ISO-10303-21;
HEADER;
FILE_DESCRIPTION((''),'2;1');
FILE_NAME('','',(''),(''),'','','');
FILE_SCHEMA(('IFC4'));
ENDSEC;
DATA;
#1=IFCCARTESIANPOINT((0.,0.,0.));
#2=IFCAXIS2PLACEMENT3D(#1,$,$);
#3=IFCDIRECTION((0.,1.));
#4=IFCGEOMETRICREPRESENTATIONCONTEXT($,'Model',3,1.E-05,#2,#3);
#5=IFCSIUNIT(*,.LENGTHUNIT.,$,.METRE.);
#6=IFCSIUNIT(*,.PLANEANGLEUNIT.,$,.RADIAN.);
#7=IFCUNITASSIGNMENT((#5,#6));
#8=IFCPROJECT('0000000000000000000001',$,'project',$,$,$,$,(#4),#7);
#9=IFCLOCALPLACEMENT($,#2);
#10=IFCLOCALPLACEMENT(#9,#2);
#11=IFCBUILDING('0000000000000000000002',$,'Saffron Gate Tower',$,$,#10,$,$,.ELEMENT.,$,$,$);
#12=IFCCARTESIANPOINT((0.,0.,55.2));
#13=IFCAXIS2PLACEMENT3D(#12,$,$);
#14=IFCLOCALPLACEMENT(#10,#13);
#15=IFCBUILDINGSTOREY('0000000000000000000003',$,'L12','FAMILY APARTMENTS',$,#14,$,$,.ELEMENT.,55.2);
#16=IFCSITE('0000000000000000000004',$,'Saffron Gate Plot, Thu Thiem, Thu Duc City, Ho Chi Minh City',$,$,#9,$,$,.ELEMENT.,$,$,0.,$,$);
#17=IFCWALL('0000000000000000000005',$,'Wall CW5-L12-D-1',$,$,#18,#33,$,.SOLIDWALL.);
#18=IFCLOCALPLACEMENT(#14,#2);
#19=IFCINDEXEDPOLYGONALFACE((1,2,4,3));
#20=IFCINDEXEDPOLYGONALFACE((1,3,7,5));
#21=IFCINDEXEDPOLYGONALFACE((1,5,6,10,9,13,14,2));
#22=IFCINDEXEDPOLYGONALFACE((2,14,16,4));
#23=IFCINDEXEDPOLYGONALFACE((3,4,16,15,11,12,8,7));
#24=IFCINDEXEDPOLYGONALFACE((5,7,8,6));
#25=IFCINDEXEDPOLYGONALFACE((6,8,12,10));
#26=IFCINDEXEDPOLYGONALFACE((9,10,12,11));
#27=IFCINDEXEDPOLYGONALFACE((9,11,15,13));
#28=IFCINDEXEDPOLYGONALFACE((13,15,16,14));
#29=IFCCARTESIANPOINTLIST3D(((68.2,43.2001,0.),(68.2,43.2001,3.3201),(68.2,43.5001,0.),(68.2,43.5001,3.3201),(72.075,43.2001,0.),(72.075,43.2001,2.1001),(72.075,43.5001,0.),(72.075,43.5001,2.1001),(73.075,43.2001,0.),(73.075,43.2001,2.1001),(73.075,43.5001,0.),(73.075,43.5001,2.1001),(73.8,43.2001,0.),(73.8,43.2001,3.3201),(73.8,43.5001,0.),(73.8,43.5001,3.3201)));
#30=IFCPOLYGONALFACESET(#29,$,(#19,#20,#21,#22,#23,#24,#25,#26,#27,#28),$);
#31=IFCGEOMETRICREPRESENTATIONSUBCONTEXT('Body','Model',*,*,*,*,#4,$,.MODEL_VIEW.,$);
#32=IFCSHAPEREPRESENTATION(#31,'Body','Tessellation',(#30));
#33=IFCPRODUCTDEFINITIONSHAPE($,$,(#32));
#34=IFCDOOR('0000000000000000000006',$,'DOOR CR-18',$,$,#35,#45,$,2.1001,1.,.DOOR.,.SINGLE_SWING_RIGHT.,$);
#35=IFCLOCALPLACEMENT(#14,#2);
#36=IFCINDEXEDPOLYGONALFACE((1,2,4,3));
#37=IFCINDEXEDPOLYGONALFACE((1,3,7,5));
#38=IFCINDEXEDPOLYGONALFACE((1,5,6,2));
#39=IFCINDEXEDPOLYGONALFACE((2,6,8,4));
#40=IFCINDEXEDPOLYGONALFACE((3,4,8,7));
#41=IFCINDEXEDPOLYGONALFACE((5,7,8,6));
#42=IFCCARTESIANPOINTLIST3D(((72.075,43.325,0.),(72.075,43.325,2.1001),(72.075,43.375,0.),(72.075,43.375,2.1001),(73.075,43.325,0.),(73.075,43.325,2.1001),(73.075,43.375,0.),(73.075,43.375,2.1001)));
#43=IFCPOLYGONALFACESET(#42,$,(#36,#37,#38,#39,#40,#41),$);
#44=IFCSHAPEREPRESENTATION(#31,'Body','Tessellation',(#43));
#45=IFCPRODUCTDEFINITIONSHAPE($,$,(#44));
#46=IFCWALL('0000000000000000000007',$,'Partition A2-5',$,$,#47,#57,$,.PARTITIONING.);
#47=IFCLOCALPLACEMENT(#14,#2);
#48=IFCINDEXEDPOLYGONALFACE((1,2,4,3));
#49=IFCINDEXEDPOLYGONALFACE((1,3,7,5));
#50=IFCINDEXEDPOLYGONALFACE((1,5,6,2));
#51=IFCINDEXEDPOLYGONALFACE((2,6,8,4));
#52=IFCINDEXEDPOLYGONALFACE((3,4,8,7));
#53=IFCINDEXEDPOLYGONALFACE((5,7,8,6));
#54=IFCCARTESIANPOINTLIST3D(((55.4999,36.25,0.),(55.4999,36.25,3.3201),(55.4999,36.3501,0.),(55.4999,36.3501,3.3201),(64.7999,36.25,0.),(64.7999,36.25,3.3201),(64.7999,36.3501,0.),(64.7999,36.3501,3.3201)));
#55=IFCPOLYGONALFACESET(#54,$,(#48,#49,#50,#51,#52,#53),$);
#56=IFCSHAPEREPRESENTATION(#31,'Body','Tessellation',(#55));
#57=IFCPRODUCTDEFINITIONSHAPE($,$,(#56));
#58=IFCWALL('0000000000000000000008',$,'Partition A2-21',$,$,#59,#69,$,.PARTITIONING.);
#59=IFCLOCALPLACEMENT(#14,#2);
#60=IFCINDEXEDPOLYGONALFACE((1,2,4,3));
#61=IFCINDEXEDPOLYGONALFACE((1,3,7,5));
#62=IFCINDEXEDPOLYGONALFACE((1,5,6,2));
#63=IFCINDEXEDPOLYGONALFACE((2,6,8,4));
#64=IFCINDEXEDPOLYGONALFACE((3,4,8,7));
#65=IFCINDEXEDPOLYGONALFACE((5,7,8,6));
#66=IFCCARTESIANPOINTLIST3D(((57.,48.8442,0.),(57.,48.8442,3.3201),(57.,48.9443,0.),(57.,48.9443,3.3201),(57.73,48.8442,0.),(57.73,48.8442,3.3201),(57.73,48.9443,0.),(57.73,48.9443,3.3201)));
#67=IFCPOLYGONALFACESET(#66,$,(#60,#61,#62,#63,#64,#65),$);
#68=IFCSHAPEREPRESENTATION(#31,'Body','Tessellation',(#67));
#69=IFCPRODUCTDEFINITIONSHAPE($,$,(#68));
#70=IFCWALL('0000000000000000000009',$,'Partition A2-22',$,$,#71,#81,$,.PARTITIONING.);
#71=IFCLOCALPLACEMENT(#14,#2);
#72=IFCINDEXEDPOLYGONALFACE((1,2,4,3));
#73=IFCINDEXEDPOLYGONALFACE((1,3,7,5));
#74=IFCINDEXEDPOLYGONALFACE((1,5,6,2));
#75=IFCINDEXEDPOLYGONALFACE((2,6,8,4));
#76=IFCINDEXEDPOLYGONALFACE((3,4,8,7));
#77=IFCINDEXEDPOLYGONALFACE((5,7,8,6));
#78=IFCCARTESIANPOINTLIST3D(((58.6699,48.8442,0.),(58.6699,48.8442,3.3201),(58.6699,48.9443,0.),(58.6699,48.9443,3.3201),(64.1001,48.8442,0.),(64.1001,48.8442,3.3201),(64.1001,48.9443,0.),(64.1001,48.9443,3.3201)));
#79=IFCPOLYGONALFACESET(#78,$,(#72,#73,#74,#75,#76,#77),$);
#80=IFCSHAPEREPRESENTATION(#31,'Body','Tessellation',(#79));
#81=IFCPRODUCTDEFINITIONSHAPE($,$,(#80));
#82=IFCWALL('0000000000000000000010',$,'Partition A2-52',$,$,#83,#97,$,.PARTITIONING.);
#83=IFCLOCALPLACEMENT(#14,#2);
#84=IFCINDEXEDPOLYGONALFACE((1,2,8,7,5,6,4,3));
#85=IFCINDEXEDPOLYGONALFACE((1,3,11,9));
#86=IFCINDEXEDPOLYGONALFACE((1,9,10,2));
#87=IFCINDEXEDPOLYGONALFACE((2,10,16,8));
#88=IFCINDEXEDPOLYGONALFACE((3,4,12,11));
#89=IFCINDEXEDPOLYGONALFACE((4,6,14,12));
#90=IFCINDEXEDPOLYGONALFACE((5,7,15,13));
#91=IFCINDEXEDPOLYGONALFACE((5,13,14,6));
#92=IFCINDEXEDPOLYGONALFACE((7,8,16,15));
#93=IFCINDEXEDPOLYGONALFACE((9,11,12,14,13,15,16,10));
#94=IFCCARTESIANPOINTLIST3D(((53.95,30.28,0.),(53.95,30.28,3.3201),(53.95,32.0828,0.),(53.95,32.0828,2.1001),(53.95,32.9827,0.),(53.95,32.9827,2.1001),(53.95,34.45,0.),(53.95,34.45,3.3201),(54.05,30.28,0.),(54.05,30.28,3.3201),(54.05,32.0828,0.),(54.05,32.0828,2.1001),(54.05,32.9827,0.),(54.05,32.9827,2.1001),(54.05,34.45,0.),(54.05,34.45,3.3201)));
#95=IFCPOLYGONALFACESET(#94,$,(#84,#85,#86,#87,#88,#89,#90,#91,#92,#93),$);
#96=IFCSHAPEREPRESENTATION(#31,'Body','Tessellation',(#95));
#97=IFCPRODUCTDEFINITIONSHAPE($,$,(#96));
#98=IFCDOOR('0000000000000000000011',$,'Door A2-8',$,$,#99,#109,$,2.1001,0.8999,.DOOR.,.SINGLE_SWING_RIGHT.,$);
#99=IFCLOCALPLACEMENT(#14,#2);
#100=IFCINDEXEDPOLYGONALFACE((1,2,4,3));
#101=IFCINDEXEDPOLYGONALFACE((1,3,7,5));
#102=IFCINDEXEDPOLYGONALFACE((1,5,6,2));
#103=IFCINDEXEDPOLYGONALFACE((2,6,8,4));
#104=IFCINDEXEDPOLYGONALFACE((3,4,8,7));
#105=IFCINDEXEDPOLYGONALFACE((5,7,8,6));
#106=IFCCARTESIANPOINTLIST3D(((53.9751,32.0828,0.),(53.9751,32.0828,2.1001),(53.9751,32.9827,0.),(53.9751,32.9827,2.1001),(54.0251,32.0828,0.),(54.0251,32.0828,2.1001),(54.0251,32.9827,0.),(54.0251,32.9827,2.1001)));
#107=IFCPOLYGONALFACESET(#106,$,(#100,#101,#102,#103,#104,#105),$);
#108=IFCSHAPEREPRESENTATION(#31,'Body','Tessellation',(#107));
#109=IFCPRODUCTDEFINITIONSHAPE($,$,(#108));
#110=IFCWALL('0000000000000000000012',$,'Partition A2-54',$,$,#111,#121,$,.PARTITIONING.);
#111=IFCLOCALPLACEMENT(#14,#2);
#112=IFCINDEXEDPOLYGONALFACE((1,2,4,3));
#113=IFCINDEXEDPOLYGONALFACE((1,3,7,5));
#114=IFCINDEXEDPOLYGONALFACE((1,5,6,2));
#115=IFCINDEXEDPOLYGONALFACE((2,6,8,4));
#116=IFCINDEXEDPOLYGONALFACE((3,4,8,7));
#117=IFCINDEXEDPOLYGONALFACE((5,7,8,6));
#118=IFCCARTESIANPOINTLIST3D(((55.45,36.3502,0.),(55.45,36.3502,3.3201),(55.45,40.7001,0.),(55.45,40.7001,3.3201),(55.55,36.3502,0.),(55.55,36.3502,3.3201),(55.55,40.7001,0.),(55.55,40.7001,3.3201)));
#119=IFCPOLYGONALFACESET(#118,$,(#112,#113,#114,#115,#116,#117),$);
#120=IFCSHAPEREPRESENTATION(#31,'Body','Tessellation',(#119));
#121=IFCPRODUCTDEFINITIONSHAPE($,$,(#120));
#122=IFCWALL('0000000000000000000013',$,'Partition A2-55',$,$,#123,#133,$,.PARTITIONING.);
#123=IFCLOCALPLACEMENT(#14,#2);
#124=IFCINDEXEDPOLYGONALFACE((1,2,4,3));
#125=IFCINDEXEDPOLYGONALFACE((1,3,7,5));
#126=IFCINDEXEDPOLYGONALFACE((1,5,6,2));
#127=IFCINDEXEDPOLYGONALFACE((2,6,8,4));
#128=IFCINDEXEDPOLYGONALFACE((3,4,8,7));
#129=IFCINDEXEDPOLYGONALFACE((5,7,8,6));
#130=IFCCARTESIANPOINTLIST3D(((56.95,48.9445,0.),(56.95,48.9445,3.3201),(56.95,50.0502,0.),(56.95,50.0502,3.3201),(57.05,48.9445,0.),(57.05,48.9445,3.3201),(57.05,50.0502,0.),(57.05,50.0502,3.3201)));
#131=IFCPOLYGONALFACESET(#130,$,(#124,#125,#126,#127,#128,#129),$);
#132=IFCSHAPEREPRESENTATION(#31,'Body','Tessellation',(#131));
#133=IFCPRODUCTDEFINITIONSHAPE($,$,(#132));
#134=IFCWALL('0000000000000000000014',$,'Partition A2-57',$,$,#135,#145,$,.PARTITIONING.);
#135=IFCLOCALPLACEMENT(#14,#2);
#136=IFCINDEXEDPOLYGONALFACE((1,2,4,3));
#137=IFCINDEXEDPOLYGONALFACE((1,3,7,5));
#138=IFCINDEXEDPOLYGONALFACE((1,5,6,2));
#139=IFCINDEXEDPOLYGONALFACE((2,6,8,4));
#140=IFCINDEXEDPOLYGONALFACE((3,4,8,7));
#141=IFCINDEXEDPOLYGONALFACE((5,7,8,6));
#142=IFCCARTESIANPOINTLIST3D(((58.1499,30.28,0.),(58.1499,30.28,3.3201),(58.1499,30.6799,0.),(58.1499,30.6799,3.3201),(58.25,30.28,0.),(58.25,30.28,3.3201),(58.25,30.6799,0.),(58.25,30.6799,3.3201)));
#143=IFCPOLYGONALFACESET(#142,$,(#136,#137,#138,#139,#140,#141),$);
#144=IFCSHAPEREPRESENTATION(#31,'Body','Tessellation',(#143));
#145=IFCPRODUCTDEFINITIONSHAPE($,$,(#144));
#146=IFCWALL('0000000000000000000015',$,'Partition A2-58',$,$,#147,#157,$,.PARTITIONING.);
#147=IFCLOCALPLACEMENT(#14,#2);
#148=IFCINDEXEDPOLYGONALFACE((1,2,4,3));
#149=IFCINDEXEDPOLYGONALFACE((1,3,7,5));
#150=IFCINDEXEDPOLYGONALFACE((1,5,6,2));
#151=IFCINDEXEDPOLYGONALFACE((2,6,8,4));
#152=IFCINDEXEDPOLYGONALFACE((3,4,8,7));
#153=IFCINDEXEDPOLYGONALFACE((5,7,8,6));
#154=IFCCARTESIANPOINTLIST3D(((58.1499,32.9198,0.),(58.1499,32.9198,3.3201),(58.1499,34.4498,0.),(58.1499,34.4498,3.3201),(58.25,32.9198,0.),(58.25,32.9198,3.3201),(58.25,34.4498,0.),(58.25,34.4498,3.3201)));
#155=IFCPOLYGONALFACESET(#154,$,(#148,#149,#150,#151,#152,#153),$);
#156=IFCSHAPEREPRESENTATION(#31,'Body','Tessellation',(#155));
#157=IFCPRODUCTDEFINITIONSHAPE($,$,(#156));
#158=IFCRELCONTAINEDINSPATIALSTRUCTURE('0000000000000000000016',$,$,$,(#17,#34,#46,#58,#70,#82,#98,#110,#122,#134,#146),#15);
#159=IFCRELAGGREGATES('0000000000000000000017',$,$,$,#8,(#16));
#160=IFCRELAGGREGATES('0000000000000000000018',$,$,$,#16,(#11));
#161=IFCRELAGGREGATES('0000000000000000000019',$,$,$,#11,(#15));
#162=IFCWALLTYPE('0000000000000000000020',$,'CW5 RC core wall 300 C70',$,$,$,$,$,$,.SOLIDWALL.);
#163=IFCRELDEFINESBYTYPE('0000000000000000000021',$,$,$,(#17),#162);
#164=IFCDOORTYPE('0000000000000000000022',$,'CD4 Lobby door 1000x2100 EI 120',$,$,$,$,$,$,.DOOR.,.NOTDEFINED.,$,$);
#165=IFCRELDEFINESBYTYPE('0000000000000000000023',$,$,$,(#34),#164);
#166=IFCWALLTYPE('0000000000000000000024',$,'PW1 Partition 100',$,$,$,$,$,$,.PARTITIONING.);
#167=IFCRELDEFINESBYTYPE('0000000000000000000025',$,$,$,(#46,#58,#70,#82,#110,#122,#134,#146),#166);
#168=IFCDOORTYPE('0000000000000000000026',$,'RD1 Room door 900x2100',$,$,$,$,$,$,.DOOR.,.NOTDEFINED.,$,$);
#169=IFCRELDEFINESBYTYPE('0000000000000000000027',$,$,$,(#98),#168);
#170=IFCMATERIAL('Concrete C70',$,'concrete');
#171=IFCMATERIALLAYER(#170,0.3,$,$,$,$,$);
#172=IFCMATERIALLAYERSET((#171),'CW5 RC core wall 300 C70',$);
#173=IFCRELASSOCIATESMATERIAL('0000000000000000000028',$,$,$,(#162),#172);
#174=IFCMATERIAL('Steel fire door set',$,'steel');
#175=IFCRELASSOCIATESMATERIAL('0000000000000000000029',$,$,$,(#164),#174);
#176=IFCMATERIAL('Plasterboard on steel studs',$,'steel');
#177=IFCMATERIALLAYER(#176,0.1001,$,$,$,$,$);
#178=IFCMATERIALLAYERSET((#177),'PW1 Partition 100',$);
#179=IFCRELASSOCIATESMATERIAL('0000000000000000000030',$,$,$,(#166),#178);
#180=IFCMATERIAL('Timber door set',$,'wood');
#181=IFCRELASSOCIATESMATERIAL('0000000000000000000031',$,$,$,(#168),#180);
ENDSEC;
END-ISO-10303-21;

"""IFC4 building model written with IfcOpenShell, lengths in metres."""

from ifc_helpers import new_model, si_unit, direction, frame, frame_2d, origin, place, context, subcontext, project, spatial, rectangle, extrude, material, layer, layer_set, type_object, element, fill, save


model = new_model("IFC4")

# Units and contexts
model_context = context("Model", 3, precision=1e-05, world=origin(), true_north=direction((0.0, 1.0)))
body_context = subcontext(model_context, "Body", "Model", "MODEL_VIEW")
ifc_project = project(units=[si_unit("LENGTHUNIT", "METRE"), si_unit("PLANEANGLEUNIT", "RADIAN")], contexts=[model_context])

# Site, building, storey
site_placement = place(None, origin())
site = spatial("IfcSite", under=ifc_project, at=site_placement, Name="Saffron Gate Plot, Thu Thiem, Thu Duc City, Ho Chi Minh City", CompositionType="ELEMENT", RefElevation=0.0)
building_placement = place(site_placement, origin())
building = spatial("IfcBuilding", under=site, at=building_placement, Name="Saffron Gate Tower", CompositionType="ELEMENT")
storey_placement = place(building_placement, frame((0.0, 0.0, 55.2)))
storey = spatial("IfcBuildingStorey", under=building, at=storey_placement, Name="L12", Description="FAMILY APARTMENTS", CompositionType="ELEMENT", Elevation=55.2)

# Wall, opening, door
ifc_material_1 = material(Name="Concrete C70", Category="concrete")
ifc_layer_1 = layer(ifc_material_1, 0.3)
ifc_layer_set_1 = layer_set([ifc_layer_1], Name="CW5 RC core wall 300 C70")
wall_type_1 = type_object("IfcWallType", Name="CW5 RC core wall 300 C70", PredefinedType="SOLIDWALL", material=ifc_layer_set_1)
wall_1_placement = place(storey_placement, frame((68.2, 43.3501, 0.0), z_axis=(0.0, 0.0, 1.0), x_axis=(1.0, 0.0, 0.0)))
wall_1 = element("IfcWall", 1, at=wall_1_placement, inside=storey, type_object=wall_type_1, Name="Wall CW5-L12-D-1", PredefinedType="SOLIDWALL", context=body_context, shape_type="SweptSolid", body=[
    extrude(rectangle(XDim=5.6001, YDim=0.3, at=frame_2d((2.8, 0.0))), origin(), (0.0, 0.0, 1.0), 3.3201),
])
opening_1_placement = place(wall_1_placement, frame((3.875, 0.0, 0.0)))
opening_1 = element("IfcOpeningElement", 2, at=opening_1_placement, cuts=wall_1, PredefinedType="OPENING", context=body_context, shape_type="SweptSolid", body=[
    extrude(rectangle(XDim=1.0, YDim=2.1001, at=frame_2d((0.5, 1.05))), frame((0.0, 0.1602, 0.0), z_axis=(0.0, -1.0, 0.0), x_axis=(1.0, 0.0, 0.0)), (0.0, 0.0, 1.0), 0.3201),
])
ifc_material_2 = material(Name="Steel fire door set", Category="steel")
door_type_1 = type_object("IfcDoorType", Name="CD4 Lobby door 1000x2100 EI 120", OperationType="NOTDEFINED", PredefinedType="DOOR", material=ifc_material_2)
door_1_placement = place(opening_1_placement, origin())
door_1 = element("IfcDoor", 3, at=door_1_placement, inside=storey, type_object=door_type_1, Name="DOOR CR-18", OperationType="SINGLE_SWING_RIGHT", OverallHeight=2.1001, OverallWidth=1.0, PredefinedType="DOOR", context=body_context, shape_type="SweptSolid", body=[
    extrude(rectangle(XDim=1.0, YDim=2.1001, at=frame_2d((0.5, 1.05))), frame((0.0, 0.0249, 0.0), z_axis=(0.0, -1.0, 0.0), x_axis=(1.0, 0.0, 0.0)), (0.0, 0.0, 1.0), 0.05),
])
fill(opening_1, door_1)

# Walls
ifc_material_3 = material(Name="Plasterboard on steel studs", Category="steel")
ifc_layer_2 = layer(ifc_material_3, 0.1001)
ifc_layer_set_2 = layer_set([ifc_layer_2], Name="PW1 Partition 100")
wall_type_2 = type_object("IfcWallType", Name="PW1 Partition 100", PredefinedType="PARTITIONING", material=ifc_layer_set_2)
wall_2_placement = place(storey_placement, frame((55.5, 36.3, 0.0), z_axis=(0.0, 0.0, 1.0), x_axis=(1.0, 0.0, 0.0)))
element("IfcWall", 4, at=wall_2_placement, inside=storey, type_object=wall_type_2, Name="Partition A2-5", PredefinedType="PARTITIONING", context=body_context, shape_type="SweptSolid", body=[
    extrude(rectangle(XDim=9.3, YDim=0.1001, at=frame_2d((4.6499, 0.0))), origin(), (0.0, 0.0, 1.0), 3.3201),
])
wall_3_placement = place(storey_placement, frame((57.0, 48.8943, 0.0), z_axis=(0.0, 0.0, 1.0), x_axis=(1.0, 0.0, 0.0)))
element("IfcWall", 5, at=wall_3_placement, inside=storey, type_object=wall_type_2, Name="Partition A2-21", PredefinedType="PARTITIONING", context=body_context, shape_type="SweptSolid", body=[
    extrude(rectangle(XDim=0.73, YDim=0.1001, at=frame_2d((0.365, 0.0))), origin(), (0.0, 0.0, 1.0), 3.3201),
])
wall_4_placement = place(storey_placement, frame((58.6699, 48.8943, 0.0), z_axis=(0.0, 0.0, 1.0), x_axis=(1.0, 0.0, 0.0)))
element("IfcWall", 6, at=wall_4_placement, inside=storey, type_object=wall_type_2, Name="Partition A2-22", PredefinedType="PARTITIONING", context=body_context, shape_type="SweptSolid", body=[
    extrude(rectangle(XDim=5.4302, YDim=0.1001, at=frame_2d((2.7151, 0.0))), origin(), (0.0, 0.0, 1.0), 3.3201),
])

# Wall, opening, door
wall_5_placement = place(storey_placement, frame((54.0, 30.28, 0.0), z_axis=(0.0, 0.0, 1.0), x_axis=(0.0, 1.0, 0.0)))
wall_5 = element("IfcWall", 7, at=wall_5_placement, inside=storey, type_object=wall_type_2, Name="Partition A2-52", PredefinedType="PARTITIONING", context=body_context, shape_type="SweptSolid", body=[
    extrude(rectangle(XDim=4.1699, YDim=0.1001, at=frame_2d((2.085, 0.0))), origin(), (0.0, 0.0, 1.0), 3.3201),
])
opening_2_placement = place(wall_5_placement, frame((1.8027, 0.0, 0.0)))
opening_2 = element("IfcOpeningElement", 8, at=opening_2_placement, cuts=wall_5, PredefinedType="OPENING", context=body_context, shape_type="SweptSolid", body=[
    extrude(rectangle(XDim=0.8999, YDim=2.1001, at=frame_2d((0.45, 1.05))), frame((0.0, 0.0601, 0.0), z_axis=(0.0, -1.0, 0.0), x_axis=(1.0, 0.0, 0.0)), (0.0, 0.0, 1.0), 0.1201),
])
ifc_material_4 = material(Name="Timber door set", Category="wood")
door_type_2 = type_object("IfcDoorType", Name="RD1 Room door 900x2100", OperationType="NOTDEFINED", PredefinedType="DOOR", material=ifc_material_4)
door_2_placement = place(opening_2_placement, origin())
door_2 = element("IfcDoor", 9, at=door_2_placement, inside=storey, type_object=door_type_2, Name="Door A2-8", OperationType="SINGLE_SWING_RIGHT", OverallHeight=2.1001, OverallWidth=0.8999, PredefinedType="DOOR", context=body_context, shape_type="SweptSolid", body=[
    extrude(rectangle(XDim=0.8999, YDim=2.1001, at=frame_2d((0.45, 1.05))), frame((0.0, 0.0249, 0.0), z_axis=(0.0, -1.0, 0.0), x_axis=(1.0, 0.0, 0.0)), (0.0, 0.0, 1.0), 0.05),
])
fill(opening_2, door_2)

# Walls
wall_6_placement = place(storey_placement, frame((55.5, 40.7, 0.0), z_axis=(0.0, 0.0, 1.0), x_axis=(0.0, -1.0, 0.0)))
element("IfcWall", 10, at=wall_6_placement, inside=storey, type_object=wall_type_2, Name="Partition A2-54", PredefinedType="PARTITIONING", context=body_context, shape_type="SweptSolid", body=[
    extrude(rectangle(XDim=4.3499, YDim=0.1001, at=frame_2d((2.1748, 0.0))), origin(), (0.0, 0.0, 1.0), 3.3201),
])
wall_7_placement = place(storey_placement, frame((57.0, 50.05, 0.0), z_axis=(0.0, 0.0, 1.0), x_axis=(0.0, -1.0, 0.0)))
element("IfcWall", 11, at=wall_7_placement, inside=storey, type_object=wall_type_2, Name="Partition A2-55", PredefinedType="PARTITIONING", context=body_context, shape_type="SweptSolid", body=[
    extrude(rectangle(XDim=1.1057, YDim=0.1001, at=frame_2d((0.5527, 0.0))), origin(), (0.0, 0.0, 1.0), 3.3201),
])
wall_8_placement = place(storey_placement, frame((58.2, 30.6799, 0.0), z_axis=(0.0, 0.0, 1.0), x_axis=(0.0, -1.0, 0.0)))
element("IfcWall", 12, at=wall_8_placement, inside=storey, type_object=wall_type_2, Name="Partition A2-57", PredefinedType="PARTITIONING", context=body_context, shape_type="SweptSolid", body=[
    extrude(rectangle(XDim=0.3999, YDim=0.1001, at=frame_2d((0.2, 0.0))), origin(), (0.0, 0.0, 1.0), 3.3201),
])
wall_9_placement = place(storey_placement, frame((58.2, 34.45, 0.0), z_axis=(0.0, 0.0, 1.0), x_axis=(0.0, -1.0, 0.0)))
element("IfcWall", 13, at=wall_9_placement, inside=storey, type_object=wall_type_2, Name="Partition A2-58", PredefinedType="PARTITIONING", context=body_context, shape_type="SweptSolid", body=[
    extrude(rectangle(XDim=1.53, YDim=0.1001, at=frame_2d((0.7651, 0.0))), origin(), (0.0, 0.0, 1.0), 3.3201),
])

save(model, "model.ifc")
